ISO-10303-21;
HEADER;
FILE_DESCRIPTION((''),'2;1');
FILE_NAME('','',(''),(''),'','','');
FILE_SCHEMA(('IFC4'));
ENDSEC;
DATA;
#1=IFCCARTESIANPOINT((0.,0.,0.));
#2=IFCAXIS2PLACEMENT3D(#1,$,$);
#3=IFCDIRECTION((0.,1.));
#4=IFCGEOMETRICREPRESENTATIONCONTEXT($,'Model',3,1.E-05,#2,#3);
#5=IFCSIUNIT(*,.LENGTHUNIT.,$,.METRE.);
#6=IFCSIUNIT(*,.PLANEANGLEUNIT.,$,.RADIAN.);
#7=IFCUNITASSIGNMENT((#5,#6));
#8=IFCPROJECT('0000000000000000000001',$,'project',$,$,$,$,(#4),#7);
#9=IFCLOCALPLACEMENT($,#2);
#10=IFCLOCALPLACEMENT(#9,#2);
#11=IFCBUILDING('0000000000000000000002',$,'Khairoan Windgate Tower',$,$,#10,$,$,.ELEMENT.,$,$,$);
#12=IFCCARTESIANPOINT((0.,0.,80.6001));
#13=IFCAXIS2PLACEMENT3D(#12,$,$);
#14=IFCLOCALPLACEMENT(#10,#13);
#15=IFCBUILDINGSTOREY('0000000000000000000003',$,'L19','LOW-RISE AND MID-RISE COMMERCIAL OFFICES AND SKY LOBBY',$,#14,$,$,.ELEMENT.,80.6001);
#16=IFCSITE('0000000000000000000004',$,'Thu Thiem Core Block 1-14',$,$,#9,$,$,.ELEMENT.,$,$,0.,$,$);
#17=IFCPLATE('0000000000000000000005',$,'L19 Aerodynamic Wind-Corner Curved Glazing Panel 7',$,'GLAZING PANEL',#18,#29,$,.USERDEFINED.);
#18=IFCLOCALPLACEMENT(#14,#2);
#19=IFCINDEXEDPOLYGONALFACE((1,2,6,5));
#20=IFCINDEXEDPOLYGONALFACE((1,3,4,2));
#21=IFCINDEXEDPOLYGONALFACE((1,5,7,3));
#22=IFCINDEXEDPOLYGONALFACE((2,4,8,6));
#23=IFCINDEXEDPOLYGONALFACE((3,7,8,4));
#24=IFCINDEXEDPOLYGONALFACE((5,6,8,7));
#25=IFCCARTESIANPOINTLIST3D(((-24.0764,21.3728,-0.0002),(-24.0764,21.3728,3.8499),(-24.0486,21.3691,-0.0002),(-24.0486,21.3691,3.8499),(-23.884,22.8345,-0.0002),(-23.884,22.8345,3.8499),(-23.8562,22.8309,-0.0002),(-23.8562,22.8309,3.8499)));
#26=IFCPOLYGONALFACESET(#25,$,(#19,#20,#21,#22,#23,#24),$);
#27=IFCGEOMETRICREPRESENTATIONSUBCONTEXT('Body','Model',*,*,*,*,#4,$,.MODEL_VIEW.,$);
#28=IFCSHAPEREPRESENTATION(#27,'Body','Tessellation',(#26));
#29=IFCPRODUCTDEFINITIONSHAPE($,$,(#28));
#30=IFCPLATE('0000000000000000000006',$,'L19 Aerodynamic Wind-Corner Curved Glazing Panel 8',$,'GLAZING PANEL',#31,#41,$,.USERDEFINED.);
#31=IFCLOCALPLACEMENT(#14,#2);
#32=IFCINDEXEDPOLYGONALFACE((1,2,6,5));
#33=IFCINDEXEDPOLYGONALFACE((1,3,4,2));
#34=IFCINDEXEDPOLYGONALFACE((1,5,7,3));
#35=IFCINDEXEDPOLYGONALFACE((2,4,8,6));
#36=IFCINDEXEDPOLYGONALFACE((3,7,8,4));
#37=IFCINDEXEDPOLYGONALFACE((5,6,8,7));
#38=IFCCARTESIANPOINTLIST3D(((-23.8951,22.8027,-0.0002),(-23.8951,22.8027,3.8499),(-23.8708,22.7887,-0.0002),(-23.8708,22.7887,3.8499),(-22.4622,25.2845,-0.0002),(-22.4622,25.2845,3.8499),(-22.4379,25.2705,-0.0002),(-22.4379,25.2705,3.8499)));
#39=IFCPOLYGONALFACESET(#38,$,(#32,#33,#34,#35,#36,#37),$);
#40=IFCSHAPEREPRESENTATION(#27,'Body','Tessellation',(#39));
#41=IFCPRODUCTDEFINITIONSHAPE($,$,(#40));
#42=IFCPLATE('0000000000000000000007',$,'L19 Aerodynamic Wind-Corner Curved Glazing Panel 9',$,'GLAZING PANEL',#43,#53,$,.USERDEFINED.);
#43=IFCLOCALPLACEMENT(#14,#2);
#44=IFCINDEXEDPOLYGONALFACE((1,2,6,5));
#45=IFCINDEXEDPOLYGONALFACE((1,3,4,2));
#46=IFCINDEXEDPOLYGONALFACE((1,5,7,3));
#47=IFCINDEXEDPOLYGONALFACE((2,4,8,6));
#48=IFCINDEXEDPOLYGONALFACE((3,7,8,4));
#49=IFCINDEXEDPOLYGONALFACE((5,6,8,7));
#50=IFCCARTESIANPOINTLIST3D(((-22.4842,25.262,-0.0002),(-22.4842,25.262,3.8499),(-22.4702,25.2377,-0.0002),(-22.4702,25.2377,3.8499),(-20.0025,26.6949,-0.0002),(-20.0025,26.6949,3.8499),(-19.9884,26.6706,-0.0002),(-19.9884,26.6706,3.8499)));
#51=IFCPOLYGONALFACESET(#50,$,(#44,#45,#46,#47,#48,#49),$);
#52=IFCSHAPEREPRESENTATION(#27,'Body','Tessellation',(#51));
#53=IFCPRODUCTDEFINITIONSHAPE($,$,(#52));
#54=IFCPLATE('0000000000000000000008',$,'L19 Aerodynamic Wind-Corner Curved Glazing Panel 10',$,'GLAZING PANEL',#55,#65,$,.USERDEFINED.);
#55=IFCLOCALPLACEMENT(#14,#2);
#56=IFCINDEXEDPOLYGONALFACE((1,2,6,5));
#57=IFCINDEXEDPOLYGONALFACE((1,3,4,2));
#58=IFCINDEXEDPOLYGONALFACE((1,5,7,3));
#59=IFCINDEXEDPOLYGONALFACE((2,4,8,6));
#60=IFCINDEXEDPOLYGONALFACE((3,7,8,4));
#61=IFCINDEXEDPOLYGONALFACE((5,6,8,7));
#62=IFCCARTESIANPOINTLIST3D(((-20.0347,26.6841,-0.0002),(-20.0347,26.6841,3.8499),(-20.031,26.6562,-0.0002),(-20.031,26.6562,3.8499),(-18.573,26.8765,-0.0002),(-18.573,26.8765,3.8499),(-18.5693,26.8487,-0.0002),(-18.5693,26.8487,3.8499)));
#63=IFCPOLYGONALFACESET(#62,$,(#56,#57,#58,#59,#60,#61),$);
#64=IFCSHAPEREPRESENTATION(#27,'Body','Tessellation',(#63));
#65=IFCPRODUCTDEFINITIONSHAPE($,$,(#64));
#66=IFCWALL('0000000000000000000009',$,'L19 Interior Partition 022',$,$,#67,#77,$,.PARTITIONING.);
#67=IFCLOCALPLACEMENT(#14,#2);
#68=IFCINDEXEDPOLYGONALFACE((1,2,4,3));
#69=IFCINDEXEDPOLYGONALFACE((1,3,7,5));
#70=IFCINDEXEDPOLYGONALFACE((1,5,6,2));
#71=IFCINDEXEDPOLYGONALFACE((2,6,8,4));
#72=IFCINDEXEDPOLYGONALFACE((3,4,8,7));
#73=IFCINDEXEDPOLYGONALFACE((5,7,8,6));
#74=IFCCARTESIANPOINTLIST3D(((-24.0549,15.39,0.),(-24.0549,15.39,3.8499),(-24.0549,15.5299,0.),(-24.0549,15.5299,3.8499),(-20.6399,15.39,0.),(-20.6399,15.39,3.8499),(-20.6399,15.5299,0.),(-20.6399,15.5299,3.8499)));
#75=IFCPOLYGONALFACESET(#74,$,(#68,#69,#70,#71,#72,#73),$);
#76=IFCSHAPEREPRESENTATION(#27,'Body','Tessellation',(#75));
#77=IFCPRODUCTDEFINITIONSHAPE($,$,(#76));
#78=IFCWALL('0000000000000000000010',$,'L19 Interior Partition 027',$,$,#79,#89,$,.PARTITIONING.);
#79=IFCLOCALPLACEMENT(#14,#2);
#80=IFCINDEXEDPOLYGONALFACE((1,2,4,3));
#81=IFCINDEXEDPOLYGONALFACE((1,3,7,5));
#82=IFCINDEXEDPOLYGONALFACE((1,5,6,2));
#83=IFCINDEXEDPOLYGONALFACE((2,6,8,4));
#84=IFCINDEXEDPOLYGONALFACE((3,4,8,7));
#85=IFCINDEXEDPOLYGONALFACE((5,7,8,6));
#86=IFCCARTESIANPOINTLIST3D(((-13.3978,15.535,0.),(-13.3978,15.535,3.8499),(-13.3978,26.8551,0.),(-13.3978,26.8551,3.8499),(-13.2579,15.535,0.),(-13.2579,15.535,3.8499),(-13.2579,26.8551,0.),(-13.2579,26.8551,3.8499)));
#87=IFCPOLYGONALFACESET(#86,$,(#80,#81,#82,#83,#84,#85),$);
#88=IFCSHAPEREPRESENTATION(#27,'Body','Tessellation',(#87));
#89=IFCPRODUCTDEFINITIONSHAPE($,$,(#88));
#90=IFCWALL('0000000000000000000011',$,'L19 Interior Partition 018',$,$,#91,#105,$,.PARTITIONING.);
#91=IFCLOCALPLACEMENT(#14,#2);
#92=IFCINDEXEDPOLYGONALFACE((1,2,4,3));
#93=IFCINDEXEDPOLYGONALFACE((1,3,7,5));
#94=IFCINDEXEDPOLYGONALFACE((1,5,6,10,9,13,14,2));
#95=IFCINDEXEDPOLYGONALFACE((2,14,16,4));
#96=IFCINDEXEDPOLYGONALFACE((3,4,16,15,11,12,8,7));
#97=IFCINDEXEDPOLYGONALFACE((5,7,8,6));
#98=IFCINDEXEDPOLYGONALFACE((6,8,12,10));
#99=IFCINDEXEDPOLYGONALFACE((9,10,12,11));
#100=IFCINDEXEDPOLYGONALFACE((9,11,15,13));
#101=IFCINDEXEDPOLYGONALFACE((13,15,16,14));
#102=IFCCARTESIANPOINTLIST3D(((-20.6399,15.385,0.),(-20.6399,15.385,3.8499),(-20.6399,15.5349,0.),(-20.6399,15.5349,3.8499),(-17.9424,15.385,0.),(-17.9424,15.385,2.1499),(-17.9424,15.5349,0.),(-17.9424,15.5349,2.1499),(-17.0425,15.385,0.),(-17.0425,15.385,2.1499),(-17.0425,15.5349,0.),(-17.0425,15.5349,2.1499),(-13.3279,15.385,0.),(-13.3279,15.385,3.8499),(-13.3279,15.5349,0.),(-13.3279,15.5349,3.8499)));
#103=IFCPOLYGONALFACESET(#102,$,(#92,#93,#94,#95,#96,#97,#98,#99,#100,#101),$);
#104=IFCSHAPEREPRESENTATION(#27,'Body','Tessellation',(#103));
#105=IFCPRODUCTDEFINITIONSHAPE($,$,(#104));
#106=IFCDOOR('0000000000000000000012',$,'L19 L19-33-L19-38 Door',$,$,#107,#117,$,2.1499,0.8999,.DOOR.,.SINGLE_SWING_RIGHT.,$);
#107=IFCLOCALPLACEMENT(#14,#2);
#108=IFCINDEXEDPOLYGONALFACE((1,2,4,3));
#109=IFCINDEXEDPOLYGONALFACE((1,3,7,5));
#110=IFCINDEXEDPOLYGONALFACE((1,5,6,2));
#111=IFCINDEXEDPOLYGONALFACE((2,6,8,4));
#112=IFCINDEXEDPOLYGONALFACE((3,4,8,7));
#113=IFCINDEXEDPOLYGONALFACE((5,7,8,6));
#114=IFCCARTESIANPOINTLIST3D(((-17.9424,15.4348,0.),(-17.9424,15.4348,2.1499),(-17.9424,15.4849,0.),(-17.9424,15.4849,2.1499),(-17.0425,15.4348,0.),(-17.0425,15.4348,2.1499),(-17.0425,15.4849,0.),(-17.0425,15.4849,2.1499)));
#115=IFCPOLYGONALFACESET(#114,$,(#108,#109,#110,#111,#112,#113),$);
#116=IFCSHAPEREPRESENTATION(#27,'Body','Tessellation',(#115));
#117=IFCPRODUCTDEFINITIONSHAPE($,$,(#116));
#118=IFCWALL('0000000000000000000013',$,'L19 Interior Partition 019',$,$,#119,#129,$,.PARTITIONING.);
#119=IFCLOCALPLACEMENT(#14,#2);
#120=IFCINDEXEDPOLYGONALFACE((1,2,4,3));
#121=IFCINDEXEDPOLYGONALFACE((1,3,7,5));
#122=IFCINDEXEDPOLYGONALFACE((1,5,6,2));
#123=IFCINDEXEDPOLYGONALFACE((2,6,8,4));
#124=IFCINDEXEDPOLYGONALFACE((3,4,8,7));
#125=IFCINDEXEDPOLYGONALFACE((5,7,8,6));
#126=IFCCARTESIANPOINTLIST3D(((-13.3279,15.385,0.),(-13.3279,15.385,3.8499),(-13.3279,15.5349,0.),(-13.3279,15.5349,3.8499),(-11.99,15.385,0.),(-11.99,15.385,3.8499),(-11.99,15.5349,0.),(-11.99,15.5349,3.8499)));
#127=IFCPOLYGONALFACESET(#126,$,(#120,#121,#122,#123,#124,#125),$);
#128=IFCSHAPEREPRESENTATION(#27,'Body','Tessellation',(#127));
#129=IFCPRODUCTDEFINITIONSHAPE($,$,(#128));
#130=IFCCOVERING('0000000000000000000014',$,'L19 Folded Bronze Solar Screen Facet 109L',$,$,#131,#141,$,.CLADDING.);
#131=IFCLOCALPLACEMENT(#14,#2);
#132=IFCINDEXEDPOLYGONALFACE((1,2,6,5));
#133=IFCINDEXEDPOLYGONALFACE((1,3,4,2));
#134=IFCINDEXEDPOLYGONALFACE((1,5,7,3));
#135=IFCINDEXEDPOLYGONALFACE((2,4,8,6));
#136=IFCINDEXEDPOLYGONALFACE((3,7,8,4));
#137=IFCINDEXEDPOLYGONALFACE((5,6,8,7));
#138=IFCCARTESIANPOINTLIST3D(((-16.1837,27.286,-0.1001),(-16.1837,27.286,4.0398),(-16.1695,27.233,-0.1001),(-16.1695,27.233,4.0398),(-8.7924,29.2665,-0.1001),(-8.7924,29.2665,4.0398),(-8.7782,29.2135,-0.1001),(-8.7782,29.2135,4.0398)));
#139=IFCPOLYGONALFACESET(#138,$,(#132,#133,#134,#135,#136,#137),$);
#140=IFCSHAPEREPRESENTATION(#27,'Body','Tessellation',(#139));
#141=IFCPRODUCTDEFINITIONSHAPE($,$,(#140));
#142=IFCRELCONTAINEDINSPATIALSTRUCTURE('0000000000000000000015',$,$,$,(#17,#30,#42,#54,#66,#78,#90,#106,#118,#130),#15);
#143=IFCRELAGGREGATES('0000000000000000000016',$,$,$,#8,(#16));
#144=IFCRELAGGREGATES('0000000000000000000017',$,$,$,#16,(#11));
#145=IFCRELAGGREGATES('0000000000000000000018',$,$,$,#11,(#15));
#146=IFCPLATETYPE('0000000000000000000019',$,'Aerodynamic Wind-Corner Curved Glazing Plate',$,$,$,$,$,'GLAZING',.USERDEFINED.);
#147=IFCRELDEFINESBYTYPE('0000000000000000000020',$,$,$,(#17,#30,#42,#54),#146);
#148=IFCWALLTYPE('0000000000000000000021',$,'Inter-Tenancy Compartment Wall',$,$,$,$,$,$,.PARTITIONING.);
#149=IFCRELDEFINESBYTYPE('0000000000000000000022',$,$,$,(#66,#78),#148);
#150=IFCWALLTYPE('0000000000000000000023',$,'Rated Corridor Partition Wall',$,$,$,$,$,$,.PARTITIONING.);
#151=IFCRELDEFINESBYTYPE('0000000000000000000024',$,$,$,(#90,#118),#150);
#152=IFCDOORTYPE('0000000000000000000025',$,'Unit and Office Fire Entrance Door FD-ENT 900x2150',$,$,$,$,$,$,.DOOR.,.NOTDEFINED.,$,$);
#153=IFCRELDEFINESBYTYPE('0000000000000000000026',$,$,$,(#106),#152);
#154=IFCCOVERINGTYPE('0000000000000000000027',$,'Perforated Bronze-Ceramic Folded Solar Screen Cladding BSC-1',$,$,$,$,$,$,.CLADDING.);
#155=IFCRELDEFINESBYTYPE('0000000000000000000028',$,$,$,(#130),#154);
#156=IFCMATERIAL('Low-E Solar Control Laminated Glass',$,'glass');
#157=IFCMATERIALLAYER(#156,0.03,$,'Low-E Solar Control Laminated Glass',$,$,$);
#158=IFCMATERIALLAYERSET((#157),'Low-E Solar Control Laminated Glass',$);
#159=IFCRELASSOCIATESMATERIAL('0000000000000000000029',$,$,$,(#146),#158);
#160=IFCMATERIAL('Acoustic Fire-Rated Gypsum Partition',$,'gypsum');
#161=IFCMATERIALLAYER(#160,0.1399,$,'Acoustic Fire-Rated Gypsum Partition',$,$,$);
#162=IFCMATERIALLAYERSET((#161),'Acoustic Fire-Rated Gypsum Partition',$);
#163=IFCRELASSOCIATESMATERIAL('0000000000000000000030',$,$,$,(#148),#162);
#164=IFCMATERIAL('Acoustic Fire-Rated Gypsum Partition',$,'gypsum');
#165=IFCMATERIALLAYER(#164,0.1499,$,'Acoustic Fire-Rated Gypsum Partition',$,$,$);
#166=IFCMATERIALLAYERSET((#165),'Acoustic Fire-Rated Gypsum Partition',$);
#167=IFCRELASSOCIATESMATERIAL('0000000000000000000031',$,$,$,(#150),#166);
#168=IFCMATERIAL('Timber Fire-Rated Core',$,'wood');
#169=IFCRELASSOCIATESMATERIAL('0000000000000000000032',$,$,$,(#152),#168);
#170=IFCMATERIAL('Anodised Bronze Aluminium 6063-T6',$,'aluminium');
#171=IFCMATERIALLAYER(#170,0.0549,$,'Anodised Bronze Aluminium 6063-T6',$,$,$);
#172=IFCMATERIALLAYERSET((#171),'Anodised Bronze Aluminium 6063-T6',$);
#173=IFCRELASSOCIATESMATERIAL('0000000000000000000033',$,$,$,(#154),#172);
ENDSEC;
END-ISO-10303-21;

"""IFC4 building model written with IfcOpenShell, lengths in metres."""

from ifc_helpers import new_model, si_unit, direction, frame, frame_2d, origin, origin_2d, place, context, subcontext, project, spatial, rectangle, extrude, material, layer, layer_set, type_object, element, fill, save


model = new_model("IFC4")

# Units and contexts
model_context = context("Model", 3, precision=1e-05, world=origin(), true_north=direction((0.0, 1.0)))
body_context = subcontext(model_context, "Body", "Model", "MODEL_VIEW")
ifc_project = project(units=[si_unit("LENGTHUNIT", "METRE"), si_unit("PLANEANGLEUNIT", "RADIAN")], contexts=[model_context])

# Site, building, storey
site_placement = place(None, origin())
site = spatial("IfcSite", under=ifc_project, at=site_placement, Name="Thu Thiem Core Block 1-14", CompositionType="ELEMENT", RefElevation=0.0)
building_placement = place(site_placement, origin())
building = spatial("IfcBuilding", under=site, at=building_placement, Name="Khairoan Windgate Tower", CompositionType="ELEMENT")
storey_placement = place(building_placement, frame((0.0, 0.0, 80.6001)))
storey = spatial("IfcBuildingStorey", under=building, at=storey_placement, Name="L19", Description="LOW-RISE AND MID-RISE COMMERCIAL OFFICES AND SKY LOBBY", CompositionType="ELEMENT", Elevation=80.6001)

# Plates
ifc_material_1 = material(Name="Low-E Solar Control Laminated Glass", Category="glass")
ifc_layer_1 = layer(ifc_material_1, 0.03, Name="Low-E Solar Control Laminated Glass")
ifc_layer_set_1 = layer_set([ifc_layer_1], Name="Low-E Solar Control Laminated Glass")
plate_type_1 = type_object("IfcPlateType", Name="Aerodynamic Wind-Corner Curved Glazing Plate", ElementType="GLAZING", PredefinedType="USERDEFINED", material=ifc_layer_set_1)
plate_1_placement = place(storey_placement, frame((-23.9663, 22.1018, -0.0002), z_axis=(0.0, 0.0, 1.0), x_axis=(0.130526, 0.991445, 0.0)))
element("IfcPlate", 1, at=plate_1_placement, inside=storey, type_object=plate_type_1, Name="L19 Aerodynamic Wind-Corner Curved Glazing Panel 7", ObjectType="GLAZING PANEL", PredefinedType="USERDEFINED", context=body_context, shape_type="SweptSolid", body=[
    extrude(rectangle(XDim=1.4744, YDim=0.0281, at=origin_2d()), origin(), (0.0, 0.0, 1.0), 3.8501),
])
for number, where, z_axis, x_axis, name in (
    (2, (-23.1665, 24.0366, -0.0002), (0.0, 0.0, 1.0), (0.5, 0.866025, 0.0), "L19 Aerodynamic Wind-Corner Curved Glazing Panel 8"),
    (3, (-21.2363, 25.9663, -0.0002), (0.0, 0.0, 1.0), (0.866025, 0.5, 0.0), "L19 Aerodynamic Wind-Corner Curved Glazing Panel 9"),
):
    element("IfcPlate", number, at=place(storey_placement, frame(where, z_axis=z_axis, x_axis=x_axis)), inside=storey, type_object=plate_type_1, Name=name, ObjectType="GLAZING PANEL", PredefinedType="USERDEFINED", context=body_context, shape_type="SweptSolid", body=[
        extrude(rectangle(XDim=2.8657, YDim=0.0281, at=origin_2d()), origin(), (0.0, 0.0, 1.0), 3.8501),
    ])
plate_2_placement = place(storey_placement, frame((-19.302, 26.7664, -0.0002), z_axis=(0.0, 0.0, 1.0), x_axis=(0.991445, 0.130526, 0.0)))
element("IfcPlate", 4, at=plate_2_placement, inside=storey, type_object=plate_type_1, Name="L19 Aerodynamic Wind-Corner Curved Glazing Panel 10", ObjectType="GLAZING PANEL", PredefinedType="USERDEFINED", context=body_context, shape_type="SweptSolid", body=[
    extrude(rectangle(XDim=1.4744, YDim=0.0281, at=origin_2d()), origin(), (0.0, 0.0, 1.0), 3.8501),
])

# Walls
ifc_material_2 = material(Name="Acoustic Fire-Rated Gypsum Partition", Category="gypsum")
ifc_layer_2 = layer(ifc_material_2, 0.1399, Name="Acoustic Fire-Rated Gypsum Partition")
ifc_layer_set_2 = layer_set([ifc_layer_2], Name="Acoustic Fire-Rated Gypsum Partition")
wall_type_1 = type_object("IfcWallType", Name="Inter-Tenancy Compartment Wall", PredefinedType="PARTITIONING", material=ifc_layer_set_2)
wall_1_placement = place(storey_placement, frame((-24.0549, 15.46, 0.0), z_axis=(0.0, 0.0, 1.0), x_axis=(1.0, 0.0, 0.0)))
element("IfcWall", 5, at=wall_1_placement, inside=storey, type_object=wall_type_1, Name="L19 Interior Partition 022", PredefinedType="PARTITIONING", context=body_context, shape_type="SweptSolid", body=[
    extrude(rectangle(XDim=3.415, YDim=0.1399, at=frame_2d((1.7075, 0.0))), origin(), (0.0, 0.0, 1.0), 3.8499),
])
wall_2_placement = place(storey_placement, frame((-13.3279, 15.5349, 0.0), z_axis=(0.0, 0.0, 1.0), x_axis=(0.0, 1.0, 0.0)))
element("IfcWall", 6, at=wall_2_placement, inside=storey, type_object=wall_type_1, Name="L19 Interior Partition 027", PredefinedType="PARTITIONING", context=body_context, shape_type="SweptSolid", body=[
    extrude(rectangle(XDim=11.3201, YDim=0.1399, at=frame_2d((5.6602, 0.0))), origin(), (0.0, 0.0, 1.0), 3.8499),
])

# Wall, opening, door
ifc_material_3 = material(Name="Acoustic Fire-Rated Gypsum Partition", Category="gypsum")
ifc_layer_3 = layer(ifc_material_3, 0.1499, Name="Acoustic Fire-Rated Gypsum Partition")
ifc_layer_set_3 = layer_set([ifc_layer_3], Name="Acoustic Fire-Rated Gypsum Partition")
wall_type_2 = type_object("IfcWallType", Name="Rated Corridor Partition Wall", PredefinedType="PARTITIONING", material=ifc_layer_set_3)
ifc_material_4 = material(Name="Timber Fire-Rated Core", Category="wood")
door_type = type_object("IfcDoorType", Name="Unit and Office Fire Entrance Door FD-ENT 900x2150", OperationType="NOTDEFINED", PredefinedType="DOOR", material=ifc_material_4)
wall_3_placement = place(storey_placement, frame((-20.6399, 15.46, 0.0), z_axis=(0.0, 0.0, 1.0), x_axis=(1.0, 0.0, 0.0)))
wall_3 = element("IfcWall", 7, at=wall_3_placement, inside=storey, type_object=wall_type_2, Name="L19 Interior Partition 018", PredefinedType="PARTITIONING", context=body_context, shape_type="SweptSolid", body=[
    extrude(rectangle(XDim=7.312, YDim=0.1499, at=frame_2d((3.656, 0.0))), origin(), (0.0, 0.0, 1.0), 3.8499),
])
opening_1_placement = place(wall_3_placement, frame((2.6975, 0.0, 0.0)))
opening_1 = element("IfcOpeningElement", 8, at=opening_1_placement, cuts=wall_3, PredefinedType="OPENING", context=body_context, shape_type="SweptSolid", body=[
    extrude(rectangle(XDim=0.8999, YDim=2.1499, at=frame_2d((0.45, 1.075))), frame((0.0, 0.085, 0.0), z_axis=(0.0, -1.0, 0.0), x_axis=(1.0, 0.0, 0.0)), (0.0, 0.0, 1.0), 0.1699),
])
door_1_placement = place(opening_1_placement, origin())
door_1 = element("IfcDoor", 9, at=door_1_placement, inside=storey, type_object=door_type, Name="L19 L19-33-L19-38 Door", OperationType="SINGLE_SWING_RIGHT", OverallHeight=2.1499, OverallWidth=0.8999, PredefinedType="DOOR", context=body_context, shape_type="SweptSolid", body=[
    extrude(rectangle(XDim=0.8999, YDim=2.1499, at=frame_2d((0.45, 1.075))), frame((0.0, 0.0249, 0.0), z_axis=(0.0, -1.0, 0.0), x_axis=(1.0, 0.0, 0.0)), (0.0, 0.0, 1.0), 0.05),
])
fill(opening_1, door_1)

# Wall
wall_4_placement = place(storey_placement, frame((-13.3279, 15.46, 0.0), z_axis=(0.0, 0.0, 1.0), x_axis=(1.0, 0.0, 0.0)))
element("IfcWall", 10, at=wall_4_placement, inside=storey, type_object=wall_type_2, Name="L19 Interior Partition 019", PredefinedType="PARTITIONING", context=body_context, shape_type="SweptSolid", body=[
    extrude(rectangle(XDim=1.3379, YDim=0.1499, at=frame_2d((0.6689, 0.0))), origin(), (0.0, 0.0, 1.0), 3.8499),
])

# Covering
ifc_material_5 = material(Name="Anodised Bronze Aluminium 6063-T6", Category="aluminium")
ifc_layer_4 = layer(ifc_material_5, 0.0549, Name="Anodised Bronze Aluminium 6063-T6")
ifc_layer_set_4 = layer_set([ifc_layer_4], Name="Anodised Bronze Aluminium 6063-T6")
covering_type = type_object("IfcCoveringType", Name="Perforated Bronze-Ceramic Folded Solar Screen Cladding BSC-1", PredefinedType="CLADDING", material=ifc_layer_set_4)
covering_placement = place(storey_placement, frame((-12.481, 28.2498, -0.1001), z_axis=(0.0, 0.0, 1.0), x_axis=(0.965926, 0.258819, 0.0)))
element("IfcCovering", 11, at=covering_placement, inside=storey, type_object=covering_type, Name="L19 Folded Bronze Solar Screen Facet 109L", PredefinedType="CLADDING", context=body_context, shape_type="SweptSolid", body=[
    extrude(rectangle(XDim=7.6521, YDim=0.0549, at=origin_2d()), origin(), (0.0, 0.0, 1.0), 4.1399),
])

save(model, "model.ifc")
